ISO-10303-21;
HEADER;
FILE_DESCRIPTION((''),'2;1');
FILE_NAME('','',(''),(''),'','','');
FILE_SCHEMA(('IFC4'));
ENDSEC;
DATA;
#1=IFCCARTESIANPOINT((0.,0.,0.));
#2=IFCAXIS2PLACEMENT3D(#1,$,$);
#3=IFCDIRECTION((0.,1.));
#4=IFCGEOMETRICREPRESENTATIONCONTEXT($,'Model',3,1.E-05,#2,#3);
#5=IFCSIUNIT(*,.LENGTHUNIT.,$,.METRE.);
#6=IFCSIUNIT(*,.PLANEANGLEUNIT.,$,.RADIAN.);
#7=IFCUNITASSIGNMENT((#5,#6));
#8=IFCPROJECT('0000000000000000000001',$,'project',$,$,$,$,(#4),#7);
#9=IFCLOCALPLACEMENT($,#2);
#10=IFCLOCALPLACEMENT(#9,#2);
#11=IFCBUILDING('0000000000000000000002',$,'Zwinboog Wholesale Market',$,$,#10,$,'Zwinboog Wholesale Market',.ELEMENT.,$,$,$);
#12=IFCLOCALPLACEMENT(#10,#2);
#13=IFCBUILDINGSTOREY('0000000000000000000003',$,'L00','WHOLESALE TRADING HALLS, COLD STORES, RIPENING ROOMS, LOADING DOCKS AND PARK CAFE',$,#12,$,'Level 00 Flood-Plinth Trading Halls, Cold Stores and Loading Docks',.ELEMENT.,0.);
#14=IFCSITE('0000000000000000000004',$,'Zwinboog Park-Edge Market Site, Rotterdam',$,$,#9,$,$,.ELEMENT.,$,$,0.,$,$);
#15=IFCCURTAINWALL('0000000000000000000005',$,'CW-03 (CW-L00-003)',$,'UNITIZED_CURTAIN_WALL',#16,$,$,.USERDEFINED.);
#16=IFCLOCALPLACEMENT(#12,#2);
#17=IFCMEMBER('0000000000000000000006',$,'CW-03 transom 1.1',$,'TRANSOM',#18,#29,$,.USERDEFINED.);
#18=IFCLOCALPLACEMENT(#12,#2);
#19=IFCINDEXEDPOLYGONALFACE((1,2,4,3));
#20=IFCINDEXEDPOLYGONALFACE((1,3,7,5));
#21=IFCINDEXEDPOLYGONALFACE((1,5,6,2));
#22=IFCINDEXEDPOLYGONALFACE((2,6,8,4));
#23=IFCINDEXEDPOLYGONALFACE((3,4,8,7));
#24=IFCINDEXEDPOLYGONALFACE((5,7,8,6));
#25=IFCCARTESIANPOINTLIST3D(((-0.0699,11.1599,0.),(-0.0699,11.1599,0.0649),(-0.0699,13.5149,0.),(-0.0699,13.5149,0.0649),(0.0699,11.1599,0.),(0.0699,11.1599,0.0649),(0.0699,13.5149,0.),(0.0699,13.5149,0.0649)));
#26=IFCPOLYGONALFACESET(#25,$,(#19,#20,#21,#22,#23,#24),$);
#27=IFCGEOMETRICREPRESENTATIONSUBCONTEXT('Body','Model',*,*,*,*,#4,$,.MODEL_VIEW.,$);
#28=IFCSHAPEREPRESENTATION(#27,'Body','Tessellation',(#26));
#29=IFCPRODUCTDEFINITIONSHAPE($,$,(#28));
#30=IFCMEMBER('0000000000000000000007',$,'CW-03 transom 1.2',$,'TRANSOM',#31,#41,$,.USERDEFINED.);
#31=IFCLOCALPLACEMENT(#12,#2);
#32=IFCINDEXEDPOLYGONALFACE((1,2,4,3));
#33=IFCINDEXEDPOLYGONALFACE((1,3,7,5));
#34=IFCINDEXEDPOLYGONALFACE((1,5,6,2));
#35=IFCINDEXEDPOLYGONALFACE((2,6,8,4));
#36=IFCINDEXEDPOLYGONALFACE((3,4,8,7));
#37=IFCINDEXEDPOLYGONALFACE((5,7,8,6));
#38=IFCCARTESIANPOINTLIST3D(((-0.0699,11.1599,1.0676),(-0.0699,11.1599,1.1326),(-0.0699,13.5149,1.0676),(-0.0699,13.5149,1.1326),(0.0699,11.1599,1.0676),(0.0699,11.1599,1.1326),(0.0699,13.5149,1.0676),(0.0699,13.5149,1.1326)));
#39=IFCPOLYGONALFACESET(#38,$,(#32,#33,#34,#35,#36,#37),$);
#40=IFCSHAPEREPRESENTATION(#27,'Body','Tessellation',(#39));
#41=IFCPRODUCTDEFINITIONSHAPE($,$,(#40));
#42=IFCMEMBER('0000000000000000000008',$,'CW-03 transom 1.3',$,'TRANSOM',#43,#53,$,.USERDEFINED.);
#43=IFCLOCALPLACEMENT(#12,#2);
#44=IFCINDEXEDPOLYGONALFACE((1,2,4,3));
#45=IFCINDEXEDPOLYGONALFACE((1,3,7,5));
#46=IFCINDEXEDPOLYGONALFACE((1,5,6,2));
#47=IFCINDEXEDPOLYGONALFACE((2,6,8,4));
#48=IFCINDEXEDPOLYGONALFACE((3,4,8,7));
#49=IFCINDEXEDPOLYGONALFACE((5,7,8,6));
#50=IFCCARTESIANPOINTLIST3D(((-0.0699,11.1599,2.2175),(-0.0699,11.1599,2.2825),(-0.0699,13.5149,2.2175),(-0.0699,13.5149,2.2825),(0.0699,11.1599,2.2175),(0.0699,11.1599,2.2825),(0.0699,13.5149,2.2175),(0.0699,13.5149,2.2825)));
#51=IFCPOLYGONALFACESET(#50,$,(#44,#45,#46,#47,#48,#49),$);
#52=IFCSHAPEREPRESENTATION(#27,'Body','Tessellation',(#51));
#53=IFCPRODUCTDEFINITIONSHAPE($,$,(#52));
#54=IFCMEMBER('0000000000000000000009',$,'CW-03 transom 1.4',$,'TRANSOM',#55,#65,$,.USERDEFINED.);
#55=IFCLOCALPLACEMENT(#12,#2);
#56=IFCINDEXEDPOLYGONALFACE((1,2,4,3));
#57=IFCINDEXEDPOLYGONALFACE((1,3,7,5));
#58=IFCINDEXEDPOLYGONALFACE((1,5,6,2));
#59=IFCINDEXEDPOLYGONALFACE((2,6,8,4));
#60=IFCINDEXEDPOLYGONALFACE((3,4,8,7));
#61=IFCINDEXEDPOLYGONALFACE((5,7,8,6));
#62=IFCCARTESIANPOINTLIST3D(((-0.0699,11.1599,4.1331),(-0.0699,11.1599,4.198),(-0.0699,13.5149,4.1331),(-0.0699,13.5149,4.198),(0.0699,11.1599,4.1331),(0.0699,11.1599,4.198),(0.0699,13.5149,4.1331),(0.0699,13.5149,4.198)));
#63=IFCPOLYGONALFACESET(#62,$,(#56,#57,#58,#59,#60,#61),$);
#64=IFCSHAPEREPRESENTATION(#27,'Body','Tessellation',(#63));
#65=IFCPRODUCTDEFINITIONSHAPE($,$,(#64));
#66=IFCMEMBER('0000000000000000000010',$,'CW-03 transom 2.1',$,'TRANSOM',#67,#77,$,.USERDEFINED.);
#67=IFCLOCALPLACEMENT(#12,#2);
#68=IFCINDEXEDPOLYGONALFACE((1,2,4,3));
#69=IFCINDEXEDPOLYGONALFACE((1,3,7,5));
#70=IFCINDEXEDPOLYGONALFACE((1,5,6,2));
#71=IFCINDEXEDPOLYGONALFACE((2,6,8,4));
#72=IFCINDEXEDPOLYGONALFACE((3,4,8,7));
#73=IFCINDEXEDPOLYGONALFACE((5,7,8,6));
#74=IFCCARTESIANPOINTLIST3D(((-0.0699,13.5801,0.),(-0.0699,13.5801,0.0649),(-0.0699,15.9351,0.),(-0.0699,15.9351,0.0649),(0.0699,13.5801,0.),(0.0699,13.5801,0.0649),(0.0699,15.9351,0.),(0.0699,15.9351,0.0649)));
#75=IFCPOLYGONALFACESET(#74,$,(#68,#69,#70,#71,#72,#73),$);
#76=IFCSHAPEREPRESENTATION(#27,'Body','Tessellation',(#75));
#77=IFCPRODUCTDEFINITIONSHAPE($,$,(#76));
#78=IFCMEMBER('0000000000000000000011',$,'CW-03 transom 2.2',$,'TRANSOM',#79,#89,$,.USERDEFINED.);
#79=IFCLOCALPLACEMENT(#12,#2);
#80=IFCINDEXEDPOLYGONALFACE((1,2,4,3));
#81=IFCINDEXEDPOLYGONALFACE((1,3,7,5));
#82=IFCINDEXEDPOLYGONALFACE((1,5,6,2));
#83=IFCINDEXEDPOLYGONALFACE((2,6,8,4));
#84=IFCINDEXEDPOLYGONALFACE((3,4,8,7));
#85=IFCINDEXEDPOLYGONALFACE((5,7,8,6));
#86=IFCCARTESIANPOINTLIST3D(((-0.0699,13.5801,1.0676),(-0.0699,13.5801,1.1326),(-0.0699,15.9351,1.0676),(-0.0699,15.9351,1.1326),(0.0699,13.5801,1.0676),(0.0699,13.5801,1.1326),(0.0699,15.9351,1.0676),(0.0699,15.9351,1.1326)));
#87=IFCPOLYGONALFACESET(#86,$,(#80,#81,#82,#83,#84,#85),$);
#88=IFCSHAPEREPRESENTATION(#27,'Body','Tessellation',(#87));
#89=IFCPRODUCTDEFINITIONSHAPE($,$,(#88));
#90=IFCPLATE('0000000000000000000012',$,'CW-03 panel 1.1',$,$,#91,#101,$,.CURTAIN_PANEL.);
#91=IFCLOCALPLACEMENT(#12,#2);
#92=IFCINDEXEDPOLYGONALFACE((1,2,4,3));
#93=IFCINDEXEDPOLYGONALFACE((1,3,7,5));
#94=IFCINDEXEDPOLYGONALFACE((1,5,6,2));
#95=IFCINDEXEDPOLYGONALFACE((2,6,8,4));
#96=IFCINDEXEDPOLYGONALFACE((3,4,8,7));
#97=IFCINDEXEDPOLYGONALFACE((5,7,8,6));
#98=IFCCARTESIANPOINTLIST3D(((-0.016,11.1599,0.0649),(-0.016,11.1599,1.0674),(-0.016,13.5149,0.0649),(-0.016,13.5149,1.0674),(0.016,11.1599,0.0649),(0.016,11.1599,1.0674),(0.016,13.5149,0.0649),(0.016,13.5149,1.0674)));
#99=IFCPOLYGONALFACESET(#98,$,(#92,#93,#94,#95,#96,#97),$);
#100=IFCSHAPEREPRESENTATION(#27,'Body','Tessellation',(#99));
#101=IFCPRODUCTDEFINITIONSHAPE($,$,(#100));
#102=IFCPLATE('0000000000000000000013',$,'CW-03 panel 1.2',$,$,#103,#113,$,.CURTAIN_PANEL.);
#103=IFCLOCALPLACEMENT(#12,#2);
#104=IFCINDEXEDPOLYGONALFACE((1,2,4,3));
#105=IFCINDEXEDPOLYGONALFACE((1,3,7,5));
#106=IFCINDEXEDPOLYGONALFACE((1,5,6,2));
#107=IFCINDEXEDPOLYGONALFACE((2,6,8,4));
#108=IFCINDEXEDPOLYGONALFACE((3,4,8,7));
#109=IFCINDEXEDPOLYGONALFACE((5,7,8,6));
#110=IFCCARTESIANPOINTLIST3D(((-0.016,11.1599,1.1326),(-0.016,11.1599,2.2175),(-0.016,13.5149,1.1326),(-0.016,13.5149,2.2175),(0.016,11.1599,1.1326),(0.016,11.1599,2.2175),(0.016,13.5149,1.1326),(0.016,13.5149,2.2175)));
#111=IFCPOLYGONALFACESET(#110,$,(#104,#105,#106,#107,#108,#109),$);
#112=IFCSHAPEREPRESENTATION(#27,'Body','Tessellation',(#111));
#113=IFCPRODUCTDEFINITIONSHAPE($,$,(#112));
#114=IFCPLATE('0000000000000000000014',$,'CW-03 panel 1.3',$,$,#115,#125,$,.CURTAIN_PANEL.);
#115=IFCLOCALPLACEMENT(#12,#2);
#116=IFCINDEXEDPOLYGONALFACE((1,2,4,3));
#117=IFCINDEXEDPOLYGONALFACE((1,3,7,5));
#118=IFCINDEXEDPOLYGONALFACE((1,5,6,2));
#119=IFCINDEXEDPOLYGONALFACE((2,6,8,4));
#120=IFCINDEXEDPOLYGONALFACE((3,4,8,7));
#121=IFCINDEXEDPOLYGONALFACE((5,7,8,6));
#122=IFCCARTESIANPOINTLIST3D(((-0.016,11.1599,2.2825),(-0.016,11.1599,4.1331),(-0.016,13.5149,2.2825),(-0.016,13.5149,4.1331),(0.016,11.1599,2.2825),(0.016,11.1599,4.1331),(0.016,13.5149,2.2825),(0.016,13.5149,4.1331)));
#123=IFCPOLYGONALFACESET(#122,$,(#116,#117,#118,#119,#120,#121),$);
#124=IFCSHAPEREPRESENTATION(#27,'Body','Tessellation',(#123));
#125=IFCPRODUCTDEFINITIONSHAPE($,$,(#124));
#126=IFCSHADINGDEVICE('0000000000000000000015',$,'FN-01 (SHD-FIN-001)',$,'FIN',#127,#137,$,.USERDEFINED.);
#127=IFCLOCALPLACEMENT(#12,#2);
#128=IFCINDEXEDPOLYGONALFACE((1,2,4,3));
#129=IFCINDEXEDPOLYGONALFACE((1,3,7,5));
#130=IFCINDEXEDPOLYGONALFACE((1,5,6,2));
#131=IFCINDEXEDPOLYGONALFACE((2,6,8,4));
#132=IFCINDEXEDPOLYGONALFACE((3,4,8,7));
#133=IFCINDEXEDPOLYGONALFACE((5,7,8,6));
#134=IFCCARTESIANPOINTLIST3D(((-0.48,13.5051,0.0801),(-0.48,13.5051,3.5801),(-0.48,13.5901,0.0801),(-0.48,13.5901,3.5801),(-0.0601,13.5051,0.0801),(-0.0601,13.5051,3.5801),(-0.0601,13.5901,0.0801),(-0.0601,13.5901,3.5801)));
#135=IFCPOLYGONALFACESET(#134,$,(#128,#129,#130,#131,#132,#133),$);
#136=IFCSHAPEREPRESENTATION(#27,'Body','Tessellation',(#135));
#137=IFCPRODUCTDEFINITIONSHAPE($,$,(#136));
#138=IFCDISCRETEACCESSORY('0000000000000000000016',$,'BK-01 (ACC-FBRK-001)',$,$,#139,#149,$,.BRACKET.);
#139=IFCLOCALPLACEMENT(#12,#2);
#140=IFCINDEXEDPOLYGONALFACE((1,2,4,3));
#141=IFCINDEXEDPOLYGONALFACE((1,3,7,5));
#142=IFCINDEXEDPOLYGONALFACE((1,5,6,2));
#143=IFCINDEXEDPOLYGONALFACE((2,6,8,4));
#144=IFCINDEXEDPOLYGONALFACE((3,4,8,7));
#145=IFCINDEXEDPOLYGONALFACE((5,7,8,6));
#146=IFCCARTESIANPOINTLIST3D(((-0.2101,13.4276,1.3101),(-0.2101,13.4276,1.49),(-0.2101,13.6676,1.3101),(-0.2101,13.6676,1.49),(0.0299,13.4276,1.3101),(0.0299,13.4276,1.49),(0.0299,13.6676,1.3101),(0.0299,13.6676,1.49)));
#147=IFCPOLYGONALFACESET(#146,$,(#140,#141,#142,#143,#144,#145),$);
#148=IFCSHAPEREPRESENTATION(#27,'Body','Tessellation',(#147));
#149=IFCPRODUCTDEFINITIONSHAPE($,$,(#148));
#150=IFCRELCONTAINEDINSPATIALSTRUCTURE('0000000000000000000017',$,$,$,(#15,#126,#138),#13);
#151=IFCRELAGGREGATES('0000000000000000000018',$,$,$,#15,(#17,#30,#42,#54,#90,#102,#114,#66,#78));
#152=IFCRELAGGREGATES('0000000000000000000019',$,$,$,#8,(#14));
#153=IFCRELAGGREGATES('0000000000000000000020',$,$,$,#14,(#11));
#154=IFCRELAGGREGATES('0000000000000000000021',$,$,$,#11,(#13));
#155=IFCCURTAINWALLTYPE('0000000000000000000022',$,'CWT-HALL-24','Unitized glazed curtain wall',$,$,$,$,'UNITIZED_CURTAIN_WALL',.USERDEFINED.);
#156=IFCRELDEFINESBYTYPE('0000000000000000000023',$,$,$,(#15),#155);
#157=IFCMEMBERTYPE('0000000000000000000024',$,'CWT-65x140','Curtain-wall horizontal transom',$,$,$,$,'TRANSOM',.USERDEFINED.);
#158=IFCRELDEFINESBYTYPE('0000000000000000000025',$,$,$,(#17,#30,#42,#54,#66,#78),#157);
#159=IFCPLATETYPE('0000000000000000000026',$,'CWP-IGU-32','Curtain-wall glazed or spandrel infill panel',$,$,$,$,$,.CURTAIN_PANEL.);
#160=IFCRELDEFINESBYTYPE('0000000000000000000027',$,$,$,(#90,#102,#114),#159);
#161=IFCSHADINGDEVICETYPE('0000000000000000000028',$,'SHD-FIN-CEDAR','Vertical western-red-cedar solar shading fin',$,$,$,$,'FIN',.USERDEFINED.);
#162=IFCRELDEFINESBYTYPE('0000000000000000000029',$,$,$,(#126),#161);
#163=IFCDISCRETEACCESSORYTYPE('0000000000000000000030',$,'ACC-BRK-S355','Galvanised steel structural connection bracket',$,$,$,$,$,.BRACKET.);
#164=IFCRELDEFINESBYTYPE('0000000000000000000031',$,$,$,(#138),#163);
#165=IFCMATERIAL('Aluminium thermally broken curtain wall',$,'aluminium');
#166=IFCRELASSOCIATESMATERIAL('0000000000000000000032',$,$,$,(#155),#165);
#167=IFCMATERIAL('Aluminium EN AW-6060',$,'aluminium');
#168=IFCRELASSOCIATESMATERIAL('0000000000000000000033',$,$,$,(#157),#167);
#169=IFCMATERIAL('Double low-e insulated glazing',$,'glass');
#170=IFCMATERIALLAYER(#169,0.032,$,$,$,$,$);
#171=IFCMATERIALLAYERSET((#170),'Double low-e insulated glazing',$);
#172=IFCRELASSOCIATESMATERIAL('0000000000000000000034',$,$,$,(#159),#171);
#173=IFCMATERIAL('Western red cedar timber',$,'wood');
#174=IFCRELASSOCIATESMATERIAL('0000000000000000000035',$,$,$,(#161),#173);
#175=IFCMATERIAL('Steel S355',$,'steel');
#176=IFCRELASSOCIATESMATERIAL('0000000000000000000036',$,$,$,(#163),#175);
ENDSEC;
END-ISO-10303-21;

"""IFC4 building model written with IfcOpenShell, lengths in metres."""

from ifc_helpers import new_model, si_unit, direction, frame, origin, origin_2d, place, context, subcontext, project, spatial, rectangle, extrude, material, layer, layer_set, material_profile, profile_set, type_object, element, aggregate, save


model = new_model("IFC4")

# Units and contexts
model_context = context("Model", 3, precision=1e-05, world=origin(), true_north=direction((0.0, 1.0)))
body_context = subcontext(model_context, "Body", "Model", "MODEL_VIEW")
ifc_project = project(units=[si_unit("LENGTHUNIT", "METRE"), si_unit("PLANEANGLEUNIT", "RADIAN")], contexts=[model_context])

# Site, building, storey
site_placement = place(None, origin())
site = spatial("IfcSite", under=ifc_project, at=site_placement, Name="Zwinboog Park-Edge Market Site, Rotterdam", CompositionType="ELEMENT", RefElevation=0.0)
building_placement = place(site_placement, origin())
building = spatial("IfcBuilding", under=site, at=building_placement, Name="Zwinboog Wholesale Market", LongName="Zwinboog Wholesale Market", CompositionType="ELEMENT")
storey_placement = place(building_placement, origin())
storey = spatial("IfcBuildingStorey", under=building, at=storey_placement, Name="L00", Description="WHOLESALE TRADING HALLS, COLD STORES, RIPENING ROOMS, LOADING DOCKS AND PARK CAFE", LongName="Level 00 Flood-Plinth Trading Halls, Cold Stores and Loading Docks", CompositionType="ELEMENT", Elevation=0.0)

# Curtain wall
ifc_material_1 = material(Name="Aluminium thermally broken curtain wall", Category="aluminium")
curtain_wall_type_1 = type_object("IfcCurtainWallType", Name="CWT-HALL-24", Description="Unitized glazed curtain wall", ElementType="UNITIZED_CURTAIN_WALL", PredefinedType="USERDEFINED", material=ifc_material_1)
curtain_wall_1_placement = place(storey_placement, origin())
curtain_wall_1 = element("IfcCurtainWall", 1, at=curtain_wall_1_placement, inside=storey, type_object=curtain_wall_type_1, Name="CW-03 (CW-L00-003)", ObjectType="UNITIZED_CURTAIN_WALL", PredefinedType="USERDEFINED")
ifc_material_2 = material(Name="Aluminium EN AW-6060", Category="aluminium")

# Members
ifc_material_profile_1 = material_profile(ifc_material_2, rectangle(XDim=0.1399, YDim=0.0649, at=origin_2d()), Name="AL 65x140")
ifc_profile_set_1 = profile_set([ifc_material_profile_1], Name="Aluminium EN AW-6060")
member_type_1 = type_object("IfcMemberType", Name="CWT-65x140", Description="Curtain-wall horizontal transom", ElementType="TRANSOM", PredefinedType="USERDEFINED", material=ifc_profile_set_1)
member_1_placement = place(storey_placement, frame((0.0, 11.1599, 0.0325), z_axis=(0.0, 1.0, 0.0), x_axis=(-1.0, 0.0, 0.0)))
member_1 = element("IfcMember", 2, at=member_1_placement, type_object=member_type_1, Name="CW-03 transom 1.1", ObjectType="TRANSOM", PredefinedType="USERDEFINED", context=body_context, shape_type="SweptSolid", body=[
    extrude(rectangle(XDim=0.1399, YDim=0.0649, at=origin_2d()), origin(), (0.0, 0.0, 1.0), 2.355),
])
member_2_placement = place(storey_placement, frame((0.0, 11.1599, 1.1001), z_axis=(0.0, 1.0, 0.0), x_axis=(-1.0, 0.0, 0.0)))
member_2 = element("IfcMember", 3, at=member_2_placement, type_object=member_type_1, Name="CW-03 transom 1.2", ObjectType="TRANSOM", PredefinedType="USERDEFINED", context=body_context, shape_type="SweptSolid", body=[
    extrude(rectangle(XDim=0.1399, YDim=0.0649, at=origin_2d()), origin(), (0.0, 0.0, 1.0), 2.355),
])
member_3_placement = place(storey_placement, frame((0.0, 11.1599, 2.25), z_axis=(0.0, 1.0, 0.0), x_axis=(-1.0, 0.0, 0.0)))
member_3 = element("IfcMember", 4, at=member_3_placement, type_object=member_type_1, Name="CW-03 transom 1.3", ObjectType="TRANSOM", PredefinedType="USERDEFINED", context=body_context, shape_type="SweptSolid", body=[
    extrude(rectangle(XDim=0.1399, YDim=0.0649, at=origin_2d()), origin(), (0.0, 0.0, 1.0), 2.355),
])
member_4_placement = place(storey_placement, frame((0.0, 11.1599, 4.1655), z_axis=(0.0, 1.0, 0.0), x_axis=(-1.0, 0.0, 0.0)))
member_4 = element("IfcMember", 5, at=member_4_placement, type_object=member_type_1, Name="CW-03 transom 1.4", ObjectType="TRANSOM", PredefinedType="USERDEFINED", context=body_context, shape_type="SweptSolid", body=[
    extrude(rectangle(XDim=0.1399, YDim=0.0649, at=origin_2d()), origin(), (0.0, 0.0, 1.0), 2.355),
])
member_5_placement = place(storey_placement, frame((0.0, 13.5801, 0.0325), z_axis=(0.0, 1.0, 0.0), x_axis=(-1.0, 0.0, 0.0)))
member_5 = element("IfcMember", 6, at=member_5_placement, type_object=member_type_1, Name="CW-03 transom 2.1", ObjectType="TRANSOM", PredefinedType="USERDEFINED", context=body_context, shape_type="SweptSolid", body=[
    extrude(rectangle(XDim=0.1399, YDim=0.0649, at=origin_2d()), origin(), (0.0, 0.0, 1.0), 2.355),
])
member_6_placement = place(storey_placement, frame((0.0, 13.5801, 1.1001), z_axis=(0.0, 1.0, 0.0), x_axis=(-1.0, 0.0, 0.0)))
member_6 = element("IfcMember", 7, at=member_6_placement, type_object=member_type_1, Name="CW-03 transom 2.2", ObjectType="TRANSOM", PredefinedType="USERDEFINED", context=body_context, shape_type="SweptSolid", body=[
    extrude(rectangle(XDim=0.1399, YDim=0.0649, at=origin_2d()), origin(), (0.0, 0.0, 1.0), 2.355),
])

# Plates
ifc_material_3 = material(Name="Double low-e insulated glazing", Category="glass")
ifc_layer = layer(ifc_material_3, 0.032)
ifc_layer_set = layer_set([ifc_layer], Name="Double low-e insulated glazing")
plate_type = type_object("IfcPlateType", Name="CWP-IGU-32", Description="Curtain-wall glazed or spandrel infill panel", PredefinedType="CURTAIN_PANEL", material=ifc_layer_set)
plate_1_placement = place(storey_placement, frame((0.0, 12.3374, 0.0649), z_axis=(0.0, 0.0, 1.0), x_axis=(0.0, 1.0, 0.0)))
plate_1 = element("IfcPlate", 8, at=plate_1_placement, type_object=plate_type, Name="CW-03 panel 1.1", PredefinedType="CURTAIN_PANEL", context=body_context, shape_type="SweptSolid", body=[
    extrude(rectangle(XDim=2.355, YDim=0.032, at=origin_2d()), origin(), (0.0, 0.0, 1.0), 1.0024),
])
plate_2_placement = place(storey_placement, frame((0.0, 12.3374, 1.1326), z_axis=(0.0, 0.0, 1.0), x_axis=(0.0, 1.0, 0.0)))
plate_2 = element("IfcPlate", 9, at=plate_2_placement, type_object=plate_type, Name="CW-03 panel 1.2", PredefinedType="CURTAIN_PANEL", context=body_context, shape_type="SweptSolid", body=[
    extrude(rectangle(XDim=2.355, YDim=0.032, at=origin_2d()), origin(), (0.0, 0.0, 1.0), 1.085),
])
plate_3_placement = place(storey_placement, frame((0.0, 12.3374, 2.2825), z_axis=(0.0, 0.0, 1.0), x_axis=(0.0, 1.0, 0.0)))
plate_3 = element("IfcPlate", 10, at=plate_3_placement, type_object=plate_type, Name="CW-03 panel 1.3", PredefinedType="CURTAIN_PANEL", context=body_context, shape_type="SweptSolid", body=[
    extrude(rectangle(XDim=2.355, YDim=0.032, at=origin_2d()), origin(), (0.0, 0.0, 1.0), 1.8506),
])
aggregate(curtain_wall_1, [member_1, member_2, member_3, member_4, plate_1, plate_2, plate_3, member_5, member_6])

# Shading device
ifc_material_4 = material(Name="Western red cedar timber", Category="wood")
shading_device_type = type_object("IfcShadingDeviceType", Name="SHD-FIN-CEDAR", Description="Vertical western-red-cedar solar shading fin", ElementType="FIN", PredefinedType="USERDEFINED", material=ifc_material_4)
shading_device_placement = place(storey_placement, frame((-0.27, 13.5476, 0.0801), z_axis=(0.0, 0.0, 1.0), x_axis=(1.0, 0.0, 0.0)))
element("IfcShadingDevice", 11, at=shading_device_placement, inside=storey, type_object=shading_device_type, Name="FN-01 (SHD-FIN-001)", ObjectType="FIN", PredefinedType="USERDEFINED", context=body_context, shape_type="SweptSolid", body=[
    extrude(rectangle(XDim=0.4199, YDim=0.085, at=origin_2d()), origin(), (0.0, 0.0, 1.0), 3.5),
])

# Discrete accessory
ifc_material_5 = material(Name="Steel S355", Category="steel")
discrete_accessory_type = type_object("IfcDiscreteAccessoryType", Name="ACC-BRK-S355", Description="Galvanised steel structural connection bracket", PredefinedType="BRACKET", material=ifc_material_5)
discrete_accessory_placement = place(storey_placement, frame((-0.0901, 13.5476, 1.3101), z_axis=(0.0, 0.0, 1.0), x_axis=(1.0, 0.0, 0.0)))
element("IfcDiscreteAccessory", 12, at=discrete_accessory_placement, inside=storey, type_object=discrete_accessory_type, Name="BK-01 (ACC-FBRK-001)", PredefinedType="BRACKET", context=body_context, shape_type="SweptSolid", body=[
    extrude(rectangle(XDim=0.24, YDim=0.24, at=origin_2d()), origin(), (0.0, 0.0, 1.0), 0.1799),
])

save(model, "model.ifc")
